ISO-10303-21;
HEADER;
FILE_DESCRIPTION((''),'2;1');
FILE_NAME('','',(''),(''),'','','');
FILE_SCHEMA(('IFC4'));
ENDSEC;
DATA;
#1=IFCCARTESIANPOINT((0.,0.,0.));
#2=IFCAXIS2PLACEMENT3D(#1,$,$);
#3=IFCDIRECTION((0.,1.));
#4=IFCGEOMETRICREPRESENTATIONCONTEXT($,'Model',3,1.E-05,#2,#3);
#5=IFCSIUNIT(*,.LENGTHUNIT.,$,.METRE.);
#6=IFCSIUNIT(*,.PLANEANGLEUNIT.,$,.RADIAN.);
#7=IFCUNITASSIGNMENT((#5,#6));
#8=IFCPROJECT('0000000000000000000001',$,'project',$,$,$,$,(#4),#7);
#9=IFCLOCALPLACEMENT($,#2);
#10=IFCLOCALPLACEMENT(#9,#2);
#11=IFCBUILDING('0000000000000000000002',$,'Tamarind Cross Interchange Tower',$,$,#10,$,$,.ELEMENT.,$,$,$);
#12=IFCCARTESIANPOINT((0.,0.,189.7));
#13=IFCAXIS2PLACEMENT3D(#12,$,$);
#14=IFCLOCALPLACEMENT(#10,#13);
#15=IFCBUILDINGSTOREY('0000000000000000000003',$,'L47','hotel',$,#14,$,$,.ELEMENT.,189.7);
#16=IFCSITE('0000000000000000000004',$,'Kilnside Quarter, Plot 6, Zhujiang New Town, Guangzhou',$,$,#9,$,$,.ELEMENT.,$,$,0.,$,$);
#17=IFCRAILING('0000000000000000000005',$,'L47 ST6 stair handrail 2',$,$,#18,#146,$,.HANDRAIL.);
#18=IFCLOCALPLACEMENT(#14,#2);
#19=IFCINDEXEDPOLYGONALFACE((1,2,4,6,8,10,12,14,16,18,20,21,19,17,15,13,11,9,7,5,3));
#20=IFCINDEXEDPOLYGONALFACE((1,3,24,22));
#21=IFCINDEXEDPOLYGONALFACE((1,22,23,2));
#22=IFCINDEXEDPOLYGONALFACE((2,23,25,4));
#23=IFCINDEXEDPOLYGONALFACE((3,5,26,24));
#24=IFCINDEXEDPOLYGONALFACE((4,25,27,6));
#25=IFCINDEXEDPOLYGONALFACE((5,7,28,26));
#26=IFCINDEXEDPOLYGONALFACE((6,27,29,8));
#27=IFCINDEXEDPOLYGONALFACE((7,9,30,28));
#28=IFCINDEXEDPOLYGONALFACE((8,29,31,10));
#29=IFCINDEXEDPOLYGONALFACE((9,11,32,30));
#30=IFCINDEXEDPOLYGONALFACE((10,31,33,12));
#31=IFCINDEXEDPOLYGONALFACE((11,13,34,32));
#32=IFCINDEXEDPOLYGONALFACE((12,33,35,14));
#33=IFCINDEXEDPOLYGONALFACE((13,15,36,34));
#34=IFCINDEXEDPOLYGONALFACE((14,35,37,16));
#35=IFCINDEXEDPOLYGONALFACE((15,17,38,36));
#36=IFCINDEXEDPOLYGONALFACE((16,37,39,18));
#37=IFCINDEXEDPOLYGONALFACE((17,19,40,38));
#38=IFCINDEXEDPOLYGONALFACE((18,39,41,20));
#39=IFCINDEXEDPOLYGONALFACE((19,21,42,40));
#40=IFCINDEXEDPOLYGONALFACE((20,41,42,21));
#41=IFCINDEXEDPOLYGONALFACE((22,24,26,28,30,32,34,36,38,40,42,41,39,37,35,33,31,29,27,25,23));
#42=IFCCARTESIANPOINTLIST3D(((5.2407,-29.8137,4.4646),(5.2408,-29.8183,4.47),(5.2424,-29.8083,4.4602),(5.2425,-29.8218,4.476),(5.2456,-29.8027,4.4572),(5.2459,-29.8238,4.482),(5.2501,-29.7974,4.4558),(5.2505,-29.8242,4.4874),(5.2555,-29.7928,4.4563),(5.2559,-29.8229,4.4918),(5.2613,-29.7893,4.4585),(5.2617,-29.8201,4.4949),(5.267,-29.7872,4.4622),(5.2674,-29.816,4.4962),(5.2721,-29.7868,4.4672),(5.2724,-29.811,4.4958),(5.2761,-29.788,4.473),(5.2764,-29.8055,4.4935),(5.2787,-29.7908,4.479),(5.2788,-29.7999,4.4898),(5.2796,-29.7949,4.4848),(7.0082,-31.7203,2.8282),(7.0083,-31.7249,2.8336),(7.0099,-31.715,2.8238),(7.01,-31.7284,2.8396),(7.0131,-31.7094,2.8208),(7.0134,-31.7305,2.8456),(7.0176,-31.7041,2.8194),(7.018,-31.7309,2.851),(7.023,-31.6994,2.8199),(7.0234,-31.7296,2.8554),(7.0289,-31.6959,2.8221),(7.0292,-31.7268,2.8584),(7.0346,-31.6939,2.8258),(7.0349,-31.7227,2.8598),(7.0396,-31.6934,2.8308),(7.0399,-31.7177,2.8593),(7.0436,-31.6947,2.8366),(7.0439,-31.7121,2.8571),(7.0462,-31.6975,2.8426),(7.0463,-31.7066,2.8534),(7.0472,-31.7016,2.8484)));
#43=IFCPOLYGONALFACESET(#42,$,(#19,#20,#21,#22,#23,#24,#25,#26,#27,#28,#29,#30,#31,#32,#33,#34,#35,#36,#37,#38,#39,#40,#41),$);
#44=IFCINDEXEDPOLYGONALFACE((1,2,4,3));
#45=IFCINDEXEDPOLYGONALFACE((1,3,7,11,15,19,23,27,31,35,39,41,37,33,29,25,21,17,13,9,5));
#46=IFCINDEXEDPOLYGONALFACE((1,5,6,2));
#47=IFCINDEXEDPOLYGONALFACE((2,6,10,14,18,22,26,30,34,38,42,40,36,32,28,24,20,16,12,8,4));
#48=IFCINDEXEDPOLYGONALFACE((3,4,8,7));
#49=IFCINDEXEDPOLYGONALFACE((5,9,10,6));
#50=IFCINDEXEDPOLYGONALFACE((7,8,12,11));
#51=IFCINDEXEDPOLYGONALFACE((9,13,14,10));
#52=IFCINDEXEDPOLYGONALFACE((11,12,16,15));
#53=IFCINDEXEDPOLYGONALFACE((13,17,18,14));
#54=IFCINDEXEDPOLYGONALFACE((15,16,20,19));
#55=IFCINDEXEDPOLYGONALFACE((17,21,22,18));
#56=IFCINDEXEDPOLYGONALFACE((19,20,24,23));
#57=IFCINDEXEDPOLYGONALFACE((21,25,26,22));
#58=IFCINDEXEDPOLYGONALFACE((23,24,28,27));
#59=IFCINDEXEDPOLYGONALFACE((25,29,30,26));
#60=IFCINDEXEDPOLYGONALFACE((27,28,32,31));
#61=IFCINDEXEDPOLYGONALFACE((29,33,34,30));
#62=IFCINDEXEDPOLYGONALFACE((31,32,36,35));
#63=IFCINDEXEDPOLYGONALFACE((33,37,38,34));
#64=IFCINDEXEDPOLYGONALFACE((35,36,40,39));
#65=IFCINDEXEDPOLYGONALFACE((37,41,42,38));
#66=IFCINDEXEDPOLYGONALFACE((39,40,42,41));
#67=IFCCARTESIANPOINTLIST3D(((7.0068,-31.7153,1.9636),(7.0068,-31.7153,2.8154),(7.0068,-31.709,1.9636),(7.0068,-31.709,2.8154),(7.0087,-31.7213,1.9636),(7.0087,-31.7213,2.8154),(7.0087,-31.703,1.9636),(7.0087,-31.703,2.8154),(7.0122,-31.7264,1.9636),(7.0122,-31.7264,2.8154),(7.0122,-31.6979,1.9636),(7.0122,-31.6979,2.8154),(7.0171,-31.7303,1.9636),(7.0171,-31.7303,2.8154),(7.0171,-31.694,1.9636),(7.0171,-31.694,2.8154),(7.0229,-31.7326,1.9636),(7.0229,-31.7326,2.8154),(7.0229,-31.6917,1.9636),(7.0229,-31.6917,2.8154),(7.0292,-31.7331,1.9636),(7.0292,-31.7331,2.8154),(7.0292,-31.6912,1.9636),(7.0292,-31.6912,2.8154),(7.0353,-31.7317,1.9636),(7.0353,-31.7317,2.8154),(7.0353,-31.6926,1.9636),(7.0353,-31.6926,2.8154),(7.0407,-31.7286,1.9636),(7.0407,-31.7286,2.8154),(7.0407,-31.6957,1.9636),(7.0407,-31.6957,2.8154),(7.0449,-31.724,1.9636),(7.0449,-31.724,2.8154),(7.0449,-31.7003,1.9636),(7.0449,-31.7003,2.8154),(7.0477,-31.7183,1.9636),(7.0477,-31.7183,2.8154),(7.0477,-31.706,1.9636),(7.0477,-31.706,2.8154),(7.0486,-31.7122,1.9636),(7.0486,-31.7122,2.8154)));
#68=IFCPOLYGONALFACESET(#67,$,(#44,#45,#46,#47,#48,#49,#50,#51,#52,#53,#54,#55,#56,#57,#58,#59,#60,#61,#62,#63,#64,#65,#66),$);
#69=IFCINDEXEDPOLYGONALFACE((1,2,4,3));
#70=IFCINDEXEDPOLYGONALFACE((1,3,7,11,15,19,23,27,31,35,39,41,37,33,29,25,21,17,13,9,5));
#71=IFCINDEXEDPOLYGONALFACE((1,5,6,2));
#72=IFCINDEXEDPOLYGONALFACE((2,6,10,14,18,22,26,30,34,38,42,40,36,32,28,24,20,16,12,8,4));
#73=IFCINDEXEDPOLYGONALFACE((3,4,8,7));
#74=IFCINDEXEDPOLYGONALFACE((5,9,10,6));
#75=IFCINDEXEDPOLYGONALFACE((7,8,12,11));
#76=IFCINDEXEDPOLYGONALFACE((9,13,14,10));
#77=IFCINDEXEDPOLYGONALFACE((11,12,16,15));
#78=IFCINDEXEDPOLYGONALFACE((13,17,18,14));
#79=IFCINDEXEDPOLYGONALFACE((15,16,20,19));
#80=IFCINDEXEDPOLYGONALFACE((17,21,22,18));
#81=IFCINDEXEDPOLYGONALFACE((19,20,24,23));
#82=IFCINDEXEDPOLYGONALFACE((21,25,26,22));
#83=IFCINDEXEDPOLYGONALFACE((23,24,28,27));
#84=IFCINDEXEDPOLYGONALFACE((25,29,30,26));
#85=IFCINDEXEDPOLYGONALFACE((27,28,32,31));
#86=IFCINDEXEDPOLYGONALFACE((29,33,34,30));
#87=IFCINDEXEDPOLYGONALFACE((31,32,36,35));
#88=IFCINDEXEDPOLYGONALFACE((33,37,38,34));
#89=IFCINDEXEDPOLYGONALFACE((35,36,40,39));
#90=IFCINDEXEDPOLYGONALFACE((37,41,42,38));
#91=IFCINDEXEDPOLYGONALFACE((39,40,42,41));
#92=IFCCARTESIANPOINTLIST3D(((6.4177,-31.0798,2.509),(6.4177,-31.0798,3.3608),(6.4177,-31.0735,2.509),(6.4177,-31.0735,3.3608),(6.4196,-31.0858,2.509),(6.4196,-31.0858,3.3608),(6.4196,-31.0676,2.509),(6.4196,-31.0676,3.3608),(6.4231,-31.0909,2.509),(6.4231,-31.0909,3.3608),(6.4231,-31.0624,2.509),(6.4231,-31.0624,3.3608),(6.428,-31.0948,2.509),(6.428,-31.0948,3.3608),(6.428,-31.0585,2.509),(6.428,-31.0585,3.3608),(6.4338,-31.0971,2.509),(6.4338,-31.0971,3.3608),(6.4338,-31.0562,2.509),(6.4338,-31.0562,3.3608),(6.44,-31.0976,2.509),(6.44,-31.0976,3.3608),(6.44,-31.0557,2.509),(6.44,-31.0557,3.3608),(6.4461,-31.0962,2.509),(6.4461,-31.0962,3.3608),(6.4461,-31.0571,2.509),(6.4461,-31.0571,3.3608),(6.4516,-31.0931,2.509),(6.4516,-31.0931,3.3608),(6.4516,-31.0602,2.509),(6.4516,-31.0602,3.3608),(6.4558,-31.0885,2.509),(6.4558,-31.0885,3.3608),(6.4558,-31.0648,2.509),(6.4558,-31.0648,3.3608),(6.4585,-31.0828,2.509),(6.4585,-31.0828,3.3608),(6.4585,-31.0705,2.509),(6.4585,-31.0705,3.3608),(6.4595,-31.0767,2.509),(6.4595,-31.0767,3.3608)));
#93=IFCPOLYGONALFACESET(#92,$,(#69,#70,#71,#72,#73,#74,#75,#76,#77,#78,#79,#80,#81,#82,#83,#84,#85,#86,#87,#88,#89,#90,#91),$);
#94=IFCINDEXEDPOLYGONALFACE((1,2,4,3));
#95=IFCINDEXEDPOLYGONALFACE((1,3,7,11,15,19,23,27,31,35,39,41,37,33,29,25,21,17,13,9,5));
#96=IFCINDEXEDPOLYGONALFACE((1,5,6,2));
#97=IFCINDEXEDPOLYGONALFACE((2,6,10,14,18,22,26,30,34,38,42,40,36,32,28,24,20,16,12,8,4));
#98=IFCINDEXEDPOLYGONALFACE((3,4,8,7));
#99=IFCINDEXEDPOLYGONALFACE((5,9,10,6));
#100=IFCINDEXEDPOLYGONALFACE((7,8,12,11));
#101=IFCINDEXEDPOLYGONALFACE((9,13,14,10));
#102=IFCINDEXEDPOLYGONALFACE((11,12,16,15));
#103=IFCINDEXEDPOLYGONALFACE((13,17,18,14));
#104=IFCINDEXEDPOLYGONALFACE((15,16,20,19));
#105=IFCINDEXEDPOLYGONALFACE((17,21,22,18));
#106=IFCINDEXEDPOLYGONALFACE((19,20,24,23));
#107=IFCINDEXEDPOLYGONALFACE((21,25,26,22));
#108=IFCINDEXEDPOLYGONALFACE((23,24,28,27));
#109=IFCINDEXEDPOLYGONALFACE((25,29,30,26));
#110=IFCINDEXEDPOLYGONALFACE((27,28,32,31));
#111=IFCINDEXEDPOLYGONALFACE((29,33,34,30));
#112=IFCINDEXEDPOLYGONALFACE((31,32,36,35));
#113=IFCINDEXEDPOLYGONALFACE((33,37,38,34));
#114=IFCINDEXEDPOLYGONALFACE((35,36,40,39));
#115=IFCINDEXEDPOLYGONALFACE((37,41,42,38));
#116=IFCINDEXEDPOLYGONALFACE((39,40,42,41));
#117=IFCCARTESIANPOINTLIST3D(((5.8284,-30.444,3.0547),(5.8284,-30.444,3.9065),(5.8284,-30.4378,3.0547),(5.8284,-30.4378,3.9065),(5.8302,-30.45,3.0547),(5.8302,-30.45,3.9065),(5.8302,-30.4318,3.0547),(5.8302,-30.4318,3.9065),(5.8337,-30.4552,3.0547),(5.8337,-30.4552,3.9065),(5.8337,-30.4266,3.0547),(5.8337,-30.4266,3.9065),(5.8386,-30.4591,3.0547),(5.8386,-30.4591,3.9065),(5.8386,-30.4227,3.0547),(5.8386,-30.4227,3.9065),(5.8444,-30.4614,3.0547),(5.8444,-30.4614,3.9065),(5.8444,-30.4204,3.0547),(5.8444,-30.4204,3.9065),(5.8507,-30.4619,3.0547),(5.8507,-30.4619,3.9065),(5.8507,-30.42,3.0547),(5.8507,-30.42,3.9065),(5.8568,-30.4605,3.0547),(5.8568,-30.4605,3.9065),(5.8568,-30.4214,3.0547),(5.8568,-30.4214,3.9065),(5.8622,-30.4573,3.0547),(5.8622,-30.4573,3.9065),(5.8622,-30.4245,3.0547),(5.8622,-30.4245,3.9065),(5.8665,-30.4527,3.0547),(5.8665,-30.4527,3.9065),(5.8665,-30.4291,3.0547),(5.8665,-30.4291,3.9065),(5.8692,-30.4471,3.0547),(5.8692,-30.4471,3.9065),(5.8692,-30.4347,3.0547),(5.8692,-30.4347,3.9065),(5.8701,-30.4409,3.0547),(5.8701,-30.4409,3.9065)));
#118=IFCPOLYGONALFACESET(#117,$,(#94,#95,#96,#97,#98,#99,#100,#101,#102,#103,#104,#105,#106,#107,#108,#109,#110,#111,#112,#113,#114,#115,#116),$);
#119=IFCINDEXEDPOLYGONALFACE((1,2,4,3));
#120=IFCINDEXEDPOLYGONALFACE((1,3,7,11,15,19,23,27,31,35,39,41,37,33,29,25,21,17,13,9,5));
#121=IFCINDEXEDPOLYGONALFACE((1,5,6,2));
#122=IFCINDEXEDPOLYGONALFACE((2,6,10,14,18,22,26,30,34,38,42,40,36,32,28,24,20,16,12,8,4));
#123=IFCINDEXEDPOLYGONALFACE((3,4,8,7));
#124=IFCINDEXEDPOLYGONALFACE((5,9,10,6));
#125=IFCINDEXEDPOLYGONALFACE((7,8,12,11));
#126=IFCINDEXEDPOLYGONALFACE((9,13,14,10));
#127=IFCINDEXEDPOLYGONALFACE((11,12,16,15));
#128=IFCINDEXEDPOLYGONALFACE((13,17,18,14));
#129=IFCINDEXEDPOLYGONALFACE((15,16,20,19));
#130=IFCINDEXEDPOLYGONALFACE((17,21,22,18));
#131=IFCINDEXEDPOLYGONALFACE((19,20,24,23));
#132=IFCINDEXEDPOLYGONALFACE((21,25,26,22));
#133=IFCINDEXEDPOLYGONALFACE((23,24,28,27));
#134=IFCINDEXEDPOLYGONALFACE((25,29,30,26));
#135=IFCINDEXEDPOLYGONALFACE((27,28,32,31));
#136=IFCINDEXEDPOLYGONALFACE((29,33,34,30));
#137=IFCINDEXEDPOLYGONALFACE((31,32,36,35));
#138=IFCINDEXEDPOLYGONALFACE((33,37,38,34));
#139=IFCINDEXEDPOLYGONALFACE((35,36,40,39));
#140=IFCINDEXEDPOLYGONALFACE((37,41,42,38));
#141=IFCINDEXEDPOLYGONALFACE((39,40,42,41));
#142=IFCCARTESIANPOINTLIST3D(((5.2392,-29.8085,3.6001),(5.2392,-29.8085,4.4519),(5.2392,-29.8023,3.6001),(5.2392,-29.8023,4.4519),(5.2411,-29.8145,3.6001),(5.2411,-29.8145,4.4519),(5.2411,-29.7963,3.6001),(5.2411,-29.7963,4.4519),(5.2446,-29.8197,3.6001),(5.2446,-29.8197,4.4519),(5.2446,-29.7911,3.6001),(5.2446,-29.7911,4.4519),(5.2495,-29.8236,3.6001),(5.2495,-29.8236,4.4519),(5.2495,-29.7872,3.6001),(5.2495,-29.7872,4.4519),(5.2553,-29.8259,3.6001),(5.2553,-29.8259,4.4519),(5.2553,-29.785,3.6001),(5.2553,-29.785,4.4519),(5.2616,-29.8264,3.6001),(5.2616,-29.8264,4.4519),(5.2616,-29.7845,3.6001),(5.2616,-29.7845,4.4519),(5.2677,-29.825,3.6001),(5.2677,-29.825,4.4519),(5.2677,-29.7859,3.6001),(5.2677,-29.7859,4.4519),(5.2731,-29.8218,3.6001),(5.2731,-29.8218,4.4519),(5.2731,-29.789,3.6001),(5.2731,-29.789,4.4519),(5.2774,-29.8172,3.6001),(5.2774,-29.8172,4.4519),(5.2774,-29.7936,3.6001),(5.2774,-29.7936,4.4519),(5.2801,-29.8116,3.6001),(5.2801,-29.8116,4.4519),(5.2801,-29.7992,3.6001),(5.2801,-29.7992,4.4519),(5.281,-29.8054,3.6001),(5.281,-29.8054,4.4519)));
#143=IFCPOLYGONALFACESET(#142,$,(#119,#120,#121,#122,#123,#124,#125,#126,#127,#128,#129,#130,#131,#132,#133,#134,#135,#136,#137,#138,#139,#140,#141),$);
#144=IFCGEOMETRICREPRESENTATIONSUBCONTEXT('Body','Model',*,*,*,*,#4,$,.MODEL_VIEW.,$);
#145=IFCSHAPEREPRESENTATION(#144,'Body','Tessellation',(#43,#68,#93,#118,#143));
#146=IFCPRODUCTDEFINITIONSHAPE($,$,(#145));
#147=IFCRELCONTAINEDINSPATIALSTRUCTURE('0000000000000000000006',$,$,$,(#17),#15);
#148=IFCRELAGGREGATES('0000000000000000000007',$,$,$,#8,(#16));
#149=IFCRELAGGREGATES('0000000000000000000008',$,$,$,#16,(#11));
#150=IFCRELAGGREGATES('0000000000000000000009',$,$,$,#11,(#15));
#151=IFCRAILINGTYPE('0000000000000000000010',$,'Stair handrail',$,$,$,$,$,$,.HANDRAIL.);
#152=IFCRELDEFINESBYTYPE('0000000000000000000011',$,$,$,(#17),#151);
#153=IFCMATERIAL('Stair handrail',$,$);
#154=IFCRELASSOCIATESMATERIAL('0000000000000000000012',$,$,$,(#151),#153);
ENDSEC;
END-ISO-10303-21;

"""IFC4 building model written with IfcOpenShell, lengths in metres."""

from ifc_helpers import new_model, si_unit, direction, frame, origin, origin_2d, place, context, subcontext, project, spatial, circle, extrude, material, type_object, element, save


model = new_model("IFC4")

# Units and contexts
model_context = context("Model", 3, precision=1e-05, world=origin(), true_north=direction((0.0, 1.0)))
body_context = subcontext(model_context, "Body", "Model", "MODEL_VIEW")
ifc_project = project(units=[si_unit("LENGTHUNIT", "METRE"), si_unit("PLANEANGLEUNIT", "RADIAN")], contexts=[model_context])

# Site, building, storey
site_placement = place(None, origin())
site = spatial("IfcSite", under=ifc_project, at=site_placement, Name="Kilnside Quarter, Plot 6, Zhujiang New Town, Guangzhou", CompositionType="ELEMENT", RefElevation=0.0)
building_placement = place(site_placement, origin())
building = spatial("IfcBuilding", under=site, at=building_placement, Name="Tamarind Cross Interchange Tower", CompositionType="ELEMENT")
storey_placement = place(building_placement, frame((0.0, 0.0, 189.7)))
storey = spatial("IfcBuildingStorey", under=building, at=storey_placement, Name="L47", Description="hotel", CompositionType="ELEMENT", Elevation=189.7)

# Railing
ifc_material_1 = material(Name="Stair handrail")
railing_type_1 = type_object("IfcRailingType", Name="Stair handrail", PredefinedType="HANDRAIL", material=ifc_material_1)
railing_1_placement = place(storey_placement, frame((7.0276, -31.7122, 1.9636)))
element("IfcRailing", 1, at=railing_1_placement, inside=storey, type_object=railing_type_1, Name="L47 ST6 stair handrail 2", PredefinedType="HANDRAIL", context=body_context, shape_type="SweptSolid", body=[
    extrude(circle(Radius=0.0239, at=origin_2d()), frame((0.0, 0.0, 0.876), z_axis=(-0.575358, 0.620655, 0.532683), x_axis=(-0.733362, -0.679839, 0.0)), (0.0, 0.0, 1.0), 3.072),
    extrude(circle(Radius=0.021, at=origin_2d()), origin(), (0.0, 0.0, 1.0), 0.8518),
    extrude(circle(Radius=0.021, at=origin_2d()), frame((-0.5891, 0.6355, 0.5454)), (0.0, 0.0, 1.0), 0.8518),
    extrude(circle(Radius=0.021, at=origin_2d()), frame((-1.1785, 1.2712, 1.0911)), (0.0, 0.0, 1.0), 0.8518),
    extrude(circle(Radius=0.021, at=origin_2d()), frame((-1.7676, 1.9067, 1.6365)), (0.0, 0.0, 1.0), 0.8518),
])

save(model, "model.ifc")
